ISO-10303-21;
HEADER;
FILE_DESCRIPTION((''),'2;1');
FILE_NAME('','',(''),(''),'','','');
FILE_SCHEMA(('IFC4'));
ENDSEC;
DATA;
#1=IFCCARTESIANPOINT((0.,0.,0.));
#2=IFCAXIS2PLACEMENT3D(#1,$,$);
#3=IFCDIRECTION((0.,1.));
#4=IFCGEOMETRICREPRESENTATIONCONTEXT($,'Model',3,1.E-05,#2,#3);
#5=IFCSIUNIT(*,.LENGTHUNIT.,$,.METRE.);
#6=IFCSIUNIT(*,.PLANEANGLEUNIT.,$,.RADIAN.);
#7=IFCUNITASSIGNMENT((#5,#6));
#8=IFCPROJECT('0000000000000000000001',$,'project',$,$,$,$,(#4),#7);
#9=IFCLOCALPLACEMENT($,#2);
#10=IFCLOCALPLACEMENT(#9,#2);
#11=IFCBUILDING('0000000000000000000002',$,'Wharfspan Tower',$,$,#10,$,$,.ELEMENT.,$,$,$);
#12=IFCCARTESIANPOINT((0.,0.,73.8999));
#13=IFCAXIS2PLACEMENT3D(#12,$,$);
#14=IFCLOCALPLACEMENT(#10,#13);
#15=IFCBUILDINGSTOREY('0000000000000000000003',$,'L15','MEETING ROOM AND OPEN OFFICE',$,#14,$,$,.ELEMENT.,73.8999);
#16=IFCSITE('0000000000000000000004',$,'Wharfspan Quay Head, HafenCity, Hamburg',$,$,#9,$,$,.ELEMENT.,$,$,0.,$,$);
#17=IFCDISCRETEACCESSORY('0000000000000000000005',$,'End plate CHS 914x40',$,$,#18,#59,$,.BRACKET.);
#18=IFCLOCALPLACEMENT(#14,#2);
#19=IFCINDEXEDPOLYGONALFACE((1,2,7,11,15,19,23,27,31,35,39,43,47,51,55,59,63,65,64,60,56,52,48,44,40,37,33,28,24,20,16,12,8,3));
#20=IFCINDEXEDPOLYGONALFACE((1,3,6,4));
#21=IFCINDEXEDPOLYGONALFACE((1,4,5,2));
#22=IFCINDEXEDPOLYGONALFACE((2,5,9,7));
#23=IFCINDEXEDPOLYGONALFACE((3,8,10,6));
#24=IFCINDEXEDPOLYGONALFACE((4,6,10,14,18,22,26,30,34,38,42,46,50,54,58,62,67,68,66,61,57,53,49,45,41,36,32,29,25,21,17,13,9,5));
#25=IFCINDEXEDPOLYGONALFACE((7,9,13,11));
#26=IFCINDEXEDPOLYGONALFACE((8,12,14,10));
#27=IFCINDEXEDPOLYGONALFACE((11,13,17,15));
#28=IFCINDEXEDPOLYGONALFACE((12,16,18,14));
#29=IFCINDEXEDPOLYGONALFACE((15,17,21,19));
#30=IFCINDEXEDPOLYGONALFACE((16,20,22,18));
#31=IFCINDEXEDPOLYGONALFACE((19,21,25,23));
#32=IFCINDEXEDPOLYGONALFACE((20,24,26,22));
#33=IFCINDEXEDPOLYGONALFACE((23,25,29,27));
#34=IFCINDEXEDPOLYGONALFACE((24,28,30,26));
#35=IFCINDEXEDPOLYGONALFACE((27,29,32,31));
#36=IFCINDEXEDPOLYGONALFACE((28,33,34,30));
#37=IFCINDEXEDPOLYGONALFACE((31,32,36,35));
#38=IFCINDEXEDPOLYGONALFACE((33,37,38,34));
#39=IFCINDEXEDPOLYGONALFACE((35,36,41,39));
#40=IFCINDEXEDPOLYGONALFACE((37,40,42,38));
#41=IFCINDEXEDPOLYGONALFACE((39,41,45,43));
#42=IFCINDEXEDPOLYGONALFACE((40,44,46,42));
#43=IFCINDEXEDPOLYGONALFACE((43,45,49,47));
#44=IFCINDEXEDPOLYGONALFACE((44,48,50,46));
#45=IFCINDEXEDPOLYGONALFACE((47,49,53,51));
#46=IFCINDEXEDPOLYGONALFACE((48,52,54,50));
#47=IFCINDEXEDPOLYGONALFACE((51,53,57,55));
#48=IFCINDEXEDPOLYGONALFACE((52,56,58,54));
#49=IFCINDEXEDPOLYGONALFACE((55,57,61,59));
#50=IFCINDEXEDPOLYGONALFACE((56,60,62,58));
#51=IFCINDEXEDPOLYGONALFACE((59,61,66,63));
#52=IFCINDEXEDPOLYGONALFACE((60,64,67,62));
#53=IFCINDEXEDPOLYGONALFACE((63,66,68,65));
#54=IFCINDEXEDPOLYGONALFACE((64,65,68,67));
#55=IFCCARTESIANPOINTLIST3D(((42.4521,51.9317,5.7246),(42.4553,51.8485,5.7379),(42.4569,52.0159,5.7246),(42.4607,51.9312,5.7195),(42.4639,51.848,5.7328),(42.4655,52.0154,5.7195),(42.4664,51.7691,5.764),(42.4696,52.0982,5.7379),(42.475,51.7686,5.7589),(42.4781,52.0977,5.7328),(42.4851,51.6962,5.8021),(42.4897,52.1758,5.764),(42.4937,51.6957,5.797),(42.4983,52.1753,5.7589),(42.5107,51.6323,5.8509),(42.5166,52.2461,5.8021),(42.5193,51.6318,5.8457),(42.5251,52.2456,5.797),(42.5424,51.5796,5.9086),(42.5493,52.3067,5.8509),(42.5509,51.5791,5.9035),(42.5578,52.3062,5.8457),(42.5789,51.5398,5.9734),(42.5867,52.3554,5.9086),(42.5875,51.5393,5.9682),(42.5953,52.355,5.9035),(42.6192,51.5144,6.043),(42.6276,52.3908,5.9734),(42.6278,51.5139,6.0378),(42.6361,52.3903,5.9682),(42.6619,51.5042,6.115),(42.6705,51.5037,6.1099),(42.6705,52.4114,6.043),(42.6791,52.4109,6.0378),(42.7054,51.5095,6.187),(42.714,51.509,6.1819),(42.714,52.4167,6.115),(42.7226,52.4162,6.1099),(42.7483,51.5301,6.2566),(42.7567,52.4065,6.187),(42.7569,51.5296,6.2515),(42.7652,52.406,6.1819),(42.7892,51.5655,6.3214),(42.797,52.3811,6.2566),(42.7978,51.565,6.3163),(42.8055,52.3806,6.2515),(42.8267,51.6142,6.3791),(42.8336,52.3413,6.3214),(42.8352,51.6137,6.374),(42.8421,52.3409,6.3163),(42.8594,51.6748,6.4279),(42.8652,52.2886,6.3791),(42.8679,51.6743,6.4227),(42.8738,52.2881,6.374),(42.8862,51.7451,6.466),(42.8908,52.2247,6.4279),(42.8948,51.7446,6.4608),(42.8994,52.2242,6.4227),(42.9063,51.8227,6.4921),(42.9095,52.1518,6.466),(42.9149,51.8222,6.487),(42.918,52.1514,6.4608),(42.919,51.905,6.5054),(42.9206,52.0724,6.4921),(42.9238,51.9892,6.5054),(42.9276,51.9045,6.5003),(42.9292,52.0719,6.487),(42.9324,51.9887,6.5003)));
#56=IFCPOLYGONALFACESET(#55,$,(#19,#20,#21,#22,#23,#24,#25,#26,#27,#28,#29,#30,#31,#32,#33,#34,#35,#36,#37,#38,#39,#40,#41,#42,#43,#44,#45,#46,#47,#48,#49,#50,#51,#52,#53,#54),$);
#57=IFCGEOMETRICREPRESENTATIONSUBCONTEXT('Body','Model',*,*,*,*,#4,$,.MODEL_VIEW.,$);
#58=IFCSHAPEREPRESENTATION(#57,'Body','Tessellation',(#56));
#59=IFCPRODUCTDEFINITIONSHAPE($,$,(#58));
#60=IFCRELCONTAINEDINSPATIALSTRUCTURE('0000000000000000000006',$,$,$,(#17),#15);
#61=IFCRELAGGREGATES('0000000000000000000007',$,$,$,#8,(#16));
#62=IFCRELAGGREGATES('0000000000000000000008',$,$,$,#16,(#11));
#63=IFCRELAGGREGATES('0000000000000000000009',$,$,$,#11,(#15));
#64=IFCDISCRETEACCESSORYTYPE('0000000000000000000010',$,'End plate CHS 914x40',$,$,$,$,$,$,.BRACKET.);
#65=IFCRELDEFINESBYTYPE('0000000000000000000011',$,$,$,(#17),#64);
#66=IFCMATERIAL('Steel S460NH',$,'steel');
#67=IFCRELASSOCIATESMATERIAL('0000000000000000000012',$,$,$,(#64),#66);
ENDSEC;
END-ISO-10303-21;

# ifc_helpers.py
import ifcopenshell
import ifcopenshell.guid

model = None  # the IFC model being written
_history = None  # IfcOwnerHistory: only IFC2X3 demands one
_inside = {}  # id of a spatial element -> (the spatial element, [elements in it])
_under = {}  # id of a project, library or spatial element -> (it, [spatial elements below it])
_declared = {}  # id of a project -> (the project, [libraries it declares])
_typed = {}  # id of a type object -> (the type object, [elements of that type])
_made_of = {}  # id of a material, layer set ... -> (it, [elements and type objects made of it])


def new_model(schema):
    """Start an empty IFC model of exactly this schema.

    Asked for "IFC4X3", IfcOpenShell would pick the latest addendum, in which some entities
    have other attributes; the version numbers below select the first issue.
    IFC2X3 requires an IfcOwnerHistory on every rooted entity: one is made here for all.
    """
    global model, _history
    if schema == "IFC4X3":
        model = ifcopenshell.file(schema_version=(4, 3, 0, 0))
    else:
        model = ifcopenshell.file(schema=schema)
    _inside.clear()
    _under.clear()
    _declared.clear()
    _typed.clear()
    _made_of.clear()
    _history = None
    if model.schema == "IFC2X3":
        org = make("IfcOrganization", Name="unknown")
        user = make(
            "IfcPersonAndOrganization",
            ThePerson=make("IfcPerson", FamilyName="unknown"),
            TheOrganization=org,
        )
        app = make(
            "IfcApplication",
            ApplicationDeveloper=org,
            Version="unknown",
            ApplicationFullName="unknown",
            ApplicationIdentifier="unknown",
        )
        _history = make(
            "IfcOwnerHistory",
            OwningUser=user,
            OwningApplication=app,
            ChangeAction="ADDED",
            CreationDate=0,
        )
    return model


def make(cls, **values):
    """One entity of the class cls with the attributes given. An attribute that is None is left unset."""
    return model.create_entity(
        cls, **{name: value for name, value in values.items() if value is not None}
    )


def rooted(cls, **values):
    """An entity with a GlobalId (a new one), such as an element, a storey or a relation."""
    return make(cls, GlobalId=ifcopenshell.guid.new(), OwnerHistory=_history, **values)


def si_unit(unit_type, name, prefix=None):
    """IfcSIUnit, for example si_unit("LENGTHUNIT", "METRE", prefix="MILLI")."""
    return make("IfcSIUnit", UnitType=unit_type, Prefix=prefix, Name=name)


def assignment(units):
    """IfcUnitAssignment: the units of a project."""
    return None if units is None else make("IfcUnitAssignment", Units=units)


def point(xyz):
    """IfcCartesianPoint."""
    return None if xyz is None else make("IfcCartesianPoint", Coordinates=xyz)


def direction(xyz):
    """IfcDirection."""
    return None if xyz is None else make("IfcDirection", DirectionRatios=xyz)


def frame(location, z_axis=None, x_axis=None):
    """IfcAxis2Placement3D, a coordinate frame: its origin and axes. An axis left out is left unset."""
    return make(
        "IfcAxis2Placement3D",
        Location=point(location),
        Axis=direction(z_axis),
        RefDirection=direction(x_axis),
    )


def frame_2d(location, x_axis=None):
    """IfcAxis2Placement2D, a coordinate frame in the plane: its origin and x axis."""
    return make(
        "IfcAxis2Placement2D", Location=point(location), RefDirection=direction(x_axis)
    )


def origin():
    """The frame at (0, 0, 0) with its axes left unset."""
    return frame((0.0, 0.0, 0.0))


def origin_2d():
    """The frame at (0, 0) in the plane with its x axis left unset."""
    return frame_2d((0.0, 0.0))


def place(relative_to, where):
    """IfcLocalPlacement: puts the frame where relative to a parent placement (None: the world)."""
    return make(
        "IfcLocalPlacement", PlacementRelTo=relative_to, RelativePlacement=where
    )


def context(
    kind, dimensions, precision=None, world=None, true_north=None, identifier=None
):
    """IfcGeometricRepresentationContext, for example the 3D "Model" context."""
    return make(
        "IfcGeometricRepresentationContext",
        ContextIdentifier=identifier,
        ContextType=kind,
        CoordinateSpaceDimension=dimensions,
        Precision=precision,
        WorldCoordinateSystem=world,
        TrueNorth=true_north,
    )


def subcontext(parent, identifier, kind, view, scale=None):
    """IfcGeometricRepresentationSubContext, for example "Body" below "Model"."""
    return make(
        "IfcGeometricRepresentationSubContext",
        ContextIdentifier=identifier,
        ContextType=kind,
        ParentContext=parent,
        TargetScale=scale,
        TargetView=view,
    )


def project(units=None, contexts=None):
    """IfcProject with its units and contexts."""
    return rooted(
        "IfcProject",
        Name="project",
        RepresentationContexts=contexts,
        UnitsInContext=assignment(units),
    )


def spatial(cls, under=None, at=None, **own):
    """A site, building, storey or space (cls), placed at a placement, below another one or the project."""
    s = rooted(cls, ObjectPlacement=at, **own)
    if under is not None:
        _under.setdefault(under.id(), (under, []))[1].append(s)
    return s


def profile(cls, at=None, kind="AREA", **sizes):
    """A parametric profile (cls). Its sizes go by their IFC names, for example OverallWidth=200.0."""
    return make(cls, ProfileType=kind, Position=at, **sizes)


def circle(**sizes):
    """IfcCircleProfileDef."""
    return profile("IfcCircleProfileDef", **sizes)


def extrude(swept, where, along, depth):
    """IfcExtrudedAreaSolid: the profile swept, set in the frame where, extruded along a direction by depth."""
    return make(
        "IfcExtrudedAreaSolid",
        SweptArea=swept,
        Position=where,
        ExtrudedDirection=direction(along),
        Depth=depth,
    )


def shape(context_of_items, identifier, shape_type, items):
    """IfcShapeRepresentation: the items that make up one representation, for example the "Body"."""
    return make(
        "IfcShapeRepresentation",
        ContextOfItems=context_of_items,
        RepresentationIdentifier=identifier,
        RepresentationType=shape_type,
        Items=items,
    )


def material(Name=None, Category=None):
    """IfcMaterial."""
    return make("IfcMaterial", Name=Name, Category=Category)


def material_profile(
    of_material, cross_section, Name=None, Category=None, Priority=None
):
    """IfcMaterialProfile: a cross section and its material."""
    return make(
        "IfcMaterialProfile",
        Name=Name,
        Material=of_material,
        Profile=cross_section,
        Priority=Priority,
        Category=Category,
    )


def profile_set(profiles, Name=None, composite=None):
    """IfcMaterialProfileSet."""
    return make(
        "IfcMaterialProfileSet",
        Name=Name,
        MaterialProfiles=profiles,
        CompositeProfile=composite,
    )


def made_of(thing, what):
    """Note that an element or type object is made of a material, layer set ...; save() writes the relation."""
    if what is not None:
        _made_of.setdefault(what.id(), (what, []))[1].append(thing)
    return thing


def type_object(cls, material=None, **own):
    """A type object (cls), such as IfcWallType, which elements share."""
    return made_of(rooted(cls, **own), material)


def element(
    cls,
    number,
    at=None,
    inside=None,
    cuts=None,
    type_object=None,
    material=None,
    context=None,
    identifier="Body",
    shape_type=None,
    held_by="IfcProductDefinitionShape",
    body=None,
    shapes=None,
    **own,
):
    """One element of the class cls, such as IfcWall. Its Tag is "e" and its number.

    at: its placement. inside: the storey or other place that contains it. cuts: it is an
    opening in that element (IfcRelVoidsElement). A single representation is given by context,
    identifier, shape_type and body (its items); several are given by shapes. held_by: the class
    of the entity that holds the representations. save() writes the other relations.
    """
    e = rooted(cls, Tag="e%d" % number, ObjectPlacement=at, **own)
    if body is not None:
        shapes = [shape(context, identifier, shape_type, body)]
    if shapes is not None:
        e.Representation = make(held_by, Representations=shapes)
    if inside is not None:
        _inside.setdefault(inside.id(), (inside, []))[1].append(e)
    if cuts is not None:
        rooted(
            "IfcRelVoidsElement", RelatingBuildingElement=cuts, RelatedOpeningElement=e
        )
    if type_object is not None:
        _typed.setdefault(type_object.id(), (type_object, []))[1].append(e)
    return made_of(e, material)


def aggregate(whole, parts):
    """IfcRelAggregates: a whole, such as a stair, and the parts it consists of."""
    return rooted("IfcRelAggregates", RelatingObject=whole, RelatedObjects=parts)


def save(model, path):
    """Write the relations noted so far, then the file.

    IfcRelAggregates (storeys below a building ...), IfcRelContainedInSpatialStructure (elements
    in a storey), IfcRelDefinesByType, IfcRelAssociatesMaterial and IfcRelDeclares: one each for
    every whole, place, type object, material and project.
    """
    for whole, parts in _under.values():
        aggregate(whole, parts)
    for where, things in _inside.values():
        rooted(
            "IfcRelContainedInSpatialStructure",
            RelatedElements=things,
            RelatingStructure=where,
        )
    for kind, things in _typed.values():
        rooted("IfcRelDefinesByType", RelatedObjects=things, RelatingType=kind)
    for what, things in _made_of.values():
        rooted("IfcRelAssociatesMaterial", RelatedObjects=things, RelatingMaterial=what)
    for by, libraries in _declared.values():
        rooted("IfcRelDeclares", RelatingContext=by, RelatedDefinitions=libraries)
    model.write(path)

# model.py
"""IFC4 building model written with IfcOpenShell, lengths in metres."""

from ifc_helpers import new_model, si_unit, direction, frame, origin, origin_2d, place, context, subcontext, project, spatial, circle, extrude, material, material_profile, profile_set, type_object, element, save


model = new_model("IFC4")

# Units and contexts
model_context = context("Model", 3, precision=1e-05, world=origin(), true_north=direction((0.0, 1.0)))
body_context = subcontext(model_context, "Body", "Model", "MODEL_VIEW")
ifc_project = project(units=[si_unit("LENGTHUNIT", "METRE"), si_unit("PLANEANGLEUNIT", "RADIAN")], contexts=[model_context])

# Site, building, storey
site_placement = place(None, origin())
site = spatial("IfcSite", under=ifc_project, at=site_placement, Name="Wharfspan Quay Head, HafenCity, Hamburg", CompositionType="ELEMENT", RefElevation=0.0)
building_placement = place(site_placement, origin())
building = spatial("IfcBuilding", under=site, at=building_placement, Name="Wharfspan Tower", CompositionType="ELEMENT")
storey_placement = place(building_placement, frame((0.0, 0.0, 73.8999)))
storey = spatial("IfcBuildingStorey", under=building, at=storey_placement, Name="L15", Description="MEETING ROOM AND OPEN OFFICE", CompositionType="ELEMENT", Elevation=73.8999)

# Shared definitions
ifc_material_1 = material(Name="Steel S460NH", Category="steel")

# Discrete accessory
ifc_material_profile_1 = material_profile(ifc_material_1, circle(Radius=0.457, at=origin_2d()))
ifc_profile_set_1 = profile_set([ifc_material_profile_1], Name="Steel S460NH")
discrete_accessory_type = type_object("IfcDiscreteAccessoryType", Name="End plate CHS 914x40", PredefinedType="BRACKET", material=ifc_profile_set_1)
for number, where, z_axis, x_axis, name in (
    (1, (42.6965, 51.96, 6.1099), (-0.856465, 0.048941, 0.513879), (-0.05705, -0.998372, 0.0), "End plate CHS 914x40"),
):
    element("IfcDiscreteAccessory", number, at=place(storey_placement, frame(where, z_axis=z_axis, x_axis=x_axis)), inside=storey, type_object=discrete_accessory_type, Name=name, PredefinedType="BRACKET", context=body_context, shape_type="SweptSolid", body=[
        extrude(circle(Radius=0.457, at=origin_2d()), origin(), (0.0, 0.0, 1.0), 0.01),
    ])

save(model, "model.ifc")
